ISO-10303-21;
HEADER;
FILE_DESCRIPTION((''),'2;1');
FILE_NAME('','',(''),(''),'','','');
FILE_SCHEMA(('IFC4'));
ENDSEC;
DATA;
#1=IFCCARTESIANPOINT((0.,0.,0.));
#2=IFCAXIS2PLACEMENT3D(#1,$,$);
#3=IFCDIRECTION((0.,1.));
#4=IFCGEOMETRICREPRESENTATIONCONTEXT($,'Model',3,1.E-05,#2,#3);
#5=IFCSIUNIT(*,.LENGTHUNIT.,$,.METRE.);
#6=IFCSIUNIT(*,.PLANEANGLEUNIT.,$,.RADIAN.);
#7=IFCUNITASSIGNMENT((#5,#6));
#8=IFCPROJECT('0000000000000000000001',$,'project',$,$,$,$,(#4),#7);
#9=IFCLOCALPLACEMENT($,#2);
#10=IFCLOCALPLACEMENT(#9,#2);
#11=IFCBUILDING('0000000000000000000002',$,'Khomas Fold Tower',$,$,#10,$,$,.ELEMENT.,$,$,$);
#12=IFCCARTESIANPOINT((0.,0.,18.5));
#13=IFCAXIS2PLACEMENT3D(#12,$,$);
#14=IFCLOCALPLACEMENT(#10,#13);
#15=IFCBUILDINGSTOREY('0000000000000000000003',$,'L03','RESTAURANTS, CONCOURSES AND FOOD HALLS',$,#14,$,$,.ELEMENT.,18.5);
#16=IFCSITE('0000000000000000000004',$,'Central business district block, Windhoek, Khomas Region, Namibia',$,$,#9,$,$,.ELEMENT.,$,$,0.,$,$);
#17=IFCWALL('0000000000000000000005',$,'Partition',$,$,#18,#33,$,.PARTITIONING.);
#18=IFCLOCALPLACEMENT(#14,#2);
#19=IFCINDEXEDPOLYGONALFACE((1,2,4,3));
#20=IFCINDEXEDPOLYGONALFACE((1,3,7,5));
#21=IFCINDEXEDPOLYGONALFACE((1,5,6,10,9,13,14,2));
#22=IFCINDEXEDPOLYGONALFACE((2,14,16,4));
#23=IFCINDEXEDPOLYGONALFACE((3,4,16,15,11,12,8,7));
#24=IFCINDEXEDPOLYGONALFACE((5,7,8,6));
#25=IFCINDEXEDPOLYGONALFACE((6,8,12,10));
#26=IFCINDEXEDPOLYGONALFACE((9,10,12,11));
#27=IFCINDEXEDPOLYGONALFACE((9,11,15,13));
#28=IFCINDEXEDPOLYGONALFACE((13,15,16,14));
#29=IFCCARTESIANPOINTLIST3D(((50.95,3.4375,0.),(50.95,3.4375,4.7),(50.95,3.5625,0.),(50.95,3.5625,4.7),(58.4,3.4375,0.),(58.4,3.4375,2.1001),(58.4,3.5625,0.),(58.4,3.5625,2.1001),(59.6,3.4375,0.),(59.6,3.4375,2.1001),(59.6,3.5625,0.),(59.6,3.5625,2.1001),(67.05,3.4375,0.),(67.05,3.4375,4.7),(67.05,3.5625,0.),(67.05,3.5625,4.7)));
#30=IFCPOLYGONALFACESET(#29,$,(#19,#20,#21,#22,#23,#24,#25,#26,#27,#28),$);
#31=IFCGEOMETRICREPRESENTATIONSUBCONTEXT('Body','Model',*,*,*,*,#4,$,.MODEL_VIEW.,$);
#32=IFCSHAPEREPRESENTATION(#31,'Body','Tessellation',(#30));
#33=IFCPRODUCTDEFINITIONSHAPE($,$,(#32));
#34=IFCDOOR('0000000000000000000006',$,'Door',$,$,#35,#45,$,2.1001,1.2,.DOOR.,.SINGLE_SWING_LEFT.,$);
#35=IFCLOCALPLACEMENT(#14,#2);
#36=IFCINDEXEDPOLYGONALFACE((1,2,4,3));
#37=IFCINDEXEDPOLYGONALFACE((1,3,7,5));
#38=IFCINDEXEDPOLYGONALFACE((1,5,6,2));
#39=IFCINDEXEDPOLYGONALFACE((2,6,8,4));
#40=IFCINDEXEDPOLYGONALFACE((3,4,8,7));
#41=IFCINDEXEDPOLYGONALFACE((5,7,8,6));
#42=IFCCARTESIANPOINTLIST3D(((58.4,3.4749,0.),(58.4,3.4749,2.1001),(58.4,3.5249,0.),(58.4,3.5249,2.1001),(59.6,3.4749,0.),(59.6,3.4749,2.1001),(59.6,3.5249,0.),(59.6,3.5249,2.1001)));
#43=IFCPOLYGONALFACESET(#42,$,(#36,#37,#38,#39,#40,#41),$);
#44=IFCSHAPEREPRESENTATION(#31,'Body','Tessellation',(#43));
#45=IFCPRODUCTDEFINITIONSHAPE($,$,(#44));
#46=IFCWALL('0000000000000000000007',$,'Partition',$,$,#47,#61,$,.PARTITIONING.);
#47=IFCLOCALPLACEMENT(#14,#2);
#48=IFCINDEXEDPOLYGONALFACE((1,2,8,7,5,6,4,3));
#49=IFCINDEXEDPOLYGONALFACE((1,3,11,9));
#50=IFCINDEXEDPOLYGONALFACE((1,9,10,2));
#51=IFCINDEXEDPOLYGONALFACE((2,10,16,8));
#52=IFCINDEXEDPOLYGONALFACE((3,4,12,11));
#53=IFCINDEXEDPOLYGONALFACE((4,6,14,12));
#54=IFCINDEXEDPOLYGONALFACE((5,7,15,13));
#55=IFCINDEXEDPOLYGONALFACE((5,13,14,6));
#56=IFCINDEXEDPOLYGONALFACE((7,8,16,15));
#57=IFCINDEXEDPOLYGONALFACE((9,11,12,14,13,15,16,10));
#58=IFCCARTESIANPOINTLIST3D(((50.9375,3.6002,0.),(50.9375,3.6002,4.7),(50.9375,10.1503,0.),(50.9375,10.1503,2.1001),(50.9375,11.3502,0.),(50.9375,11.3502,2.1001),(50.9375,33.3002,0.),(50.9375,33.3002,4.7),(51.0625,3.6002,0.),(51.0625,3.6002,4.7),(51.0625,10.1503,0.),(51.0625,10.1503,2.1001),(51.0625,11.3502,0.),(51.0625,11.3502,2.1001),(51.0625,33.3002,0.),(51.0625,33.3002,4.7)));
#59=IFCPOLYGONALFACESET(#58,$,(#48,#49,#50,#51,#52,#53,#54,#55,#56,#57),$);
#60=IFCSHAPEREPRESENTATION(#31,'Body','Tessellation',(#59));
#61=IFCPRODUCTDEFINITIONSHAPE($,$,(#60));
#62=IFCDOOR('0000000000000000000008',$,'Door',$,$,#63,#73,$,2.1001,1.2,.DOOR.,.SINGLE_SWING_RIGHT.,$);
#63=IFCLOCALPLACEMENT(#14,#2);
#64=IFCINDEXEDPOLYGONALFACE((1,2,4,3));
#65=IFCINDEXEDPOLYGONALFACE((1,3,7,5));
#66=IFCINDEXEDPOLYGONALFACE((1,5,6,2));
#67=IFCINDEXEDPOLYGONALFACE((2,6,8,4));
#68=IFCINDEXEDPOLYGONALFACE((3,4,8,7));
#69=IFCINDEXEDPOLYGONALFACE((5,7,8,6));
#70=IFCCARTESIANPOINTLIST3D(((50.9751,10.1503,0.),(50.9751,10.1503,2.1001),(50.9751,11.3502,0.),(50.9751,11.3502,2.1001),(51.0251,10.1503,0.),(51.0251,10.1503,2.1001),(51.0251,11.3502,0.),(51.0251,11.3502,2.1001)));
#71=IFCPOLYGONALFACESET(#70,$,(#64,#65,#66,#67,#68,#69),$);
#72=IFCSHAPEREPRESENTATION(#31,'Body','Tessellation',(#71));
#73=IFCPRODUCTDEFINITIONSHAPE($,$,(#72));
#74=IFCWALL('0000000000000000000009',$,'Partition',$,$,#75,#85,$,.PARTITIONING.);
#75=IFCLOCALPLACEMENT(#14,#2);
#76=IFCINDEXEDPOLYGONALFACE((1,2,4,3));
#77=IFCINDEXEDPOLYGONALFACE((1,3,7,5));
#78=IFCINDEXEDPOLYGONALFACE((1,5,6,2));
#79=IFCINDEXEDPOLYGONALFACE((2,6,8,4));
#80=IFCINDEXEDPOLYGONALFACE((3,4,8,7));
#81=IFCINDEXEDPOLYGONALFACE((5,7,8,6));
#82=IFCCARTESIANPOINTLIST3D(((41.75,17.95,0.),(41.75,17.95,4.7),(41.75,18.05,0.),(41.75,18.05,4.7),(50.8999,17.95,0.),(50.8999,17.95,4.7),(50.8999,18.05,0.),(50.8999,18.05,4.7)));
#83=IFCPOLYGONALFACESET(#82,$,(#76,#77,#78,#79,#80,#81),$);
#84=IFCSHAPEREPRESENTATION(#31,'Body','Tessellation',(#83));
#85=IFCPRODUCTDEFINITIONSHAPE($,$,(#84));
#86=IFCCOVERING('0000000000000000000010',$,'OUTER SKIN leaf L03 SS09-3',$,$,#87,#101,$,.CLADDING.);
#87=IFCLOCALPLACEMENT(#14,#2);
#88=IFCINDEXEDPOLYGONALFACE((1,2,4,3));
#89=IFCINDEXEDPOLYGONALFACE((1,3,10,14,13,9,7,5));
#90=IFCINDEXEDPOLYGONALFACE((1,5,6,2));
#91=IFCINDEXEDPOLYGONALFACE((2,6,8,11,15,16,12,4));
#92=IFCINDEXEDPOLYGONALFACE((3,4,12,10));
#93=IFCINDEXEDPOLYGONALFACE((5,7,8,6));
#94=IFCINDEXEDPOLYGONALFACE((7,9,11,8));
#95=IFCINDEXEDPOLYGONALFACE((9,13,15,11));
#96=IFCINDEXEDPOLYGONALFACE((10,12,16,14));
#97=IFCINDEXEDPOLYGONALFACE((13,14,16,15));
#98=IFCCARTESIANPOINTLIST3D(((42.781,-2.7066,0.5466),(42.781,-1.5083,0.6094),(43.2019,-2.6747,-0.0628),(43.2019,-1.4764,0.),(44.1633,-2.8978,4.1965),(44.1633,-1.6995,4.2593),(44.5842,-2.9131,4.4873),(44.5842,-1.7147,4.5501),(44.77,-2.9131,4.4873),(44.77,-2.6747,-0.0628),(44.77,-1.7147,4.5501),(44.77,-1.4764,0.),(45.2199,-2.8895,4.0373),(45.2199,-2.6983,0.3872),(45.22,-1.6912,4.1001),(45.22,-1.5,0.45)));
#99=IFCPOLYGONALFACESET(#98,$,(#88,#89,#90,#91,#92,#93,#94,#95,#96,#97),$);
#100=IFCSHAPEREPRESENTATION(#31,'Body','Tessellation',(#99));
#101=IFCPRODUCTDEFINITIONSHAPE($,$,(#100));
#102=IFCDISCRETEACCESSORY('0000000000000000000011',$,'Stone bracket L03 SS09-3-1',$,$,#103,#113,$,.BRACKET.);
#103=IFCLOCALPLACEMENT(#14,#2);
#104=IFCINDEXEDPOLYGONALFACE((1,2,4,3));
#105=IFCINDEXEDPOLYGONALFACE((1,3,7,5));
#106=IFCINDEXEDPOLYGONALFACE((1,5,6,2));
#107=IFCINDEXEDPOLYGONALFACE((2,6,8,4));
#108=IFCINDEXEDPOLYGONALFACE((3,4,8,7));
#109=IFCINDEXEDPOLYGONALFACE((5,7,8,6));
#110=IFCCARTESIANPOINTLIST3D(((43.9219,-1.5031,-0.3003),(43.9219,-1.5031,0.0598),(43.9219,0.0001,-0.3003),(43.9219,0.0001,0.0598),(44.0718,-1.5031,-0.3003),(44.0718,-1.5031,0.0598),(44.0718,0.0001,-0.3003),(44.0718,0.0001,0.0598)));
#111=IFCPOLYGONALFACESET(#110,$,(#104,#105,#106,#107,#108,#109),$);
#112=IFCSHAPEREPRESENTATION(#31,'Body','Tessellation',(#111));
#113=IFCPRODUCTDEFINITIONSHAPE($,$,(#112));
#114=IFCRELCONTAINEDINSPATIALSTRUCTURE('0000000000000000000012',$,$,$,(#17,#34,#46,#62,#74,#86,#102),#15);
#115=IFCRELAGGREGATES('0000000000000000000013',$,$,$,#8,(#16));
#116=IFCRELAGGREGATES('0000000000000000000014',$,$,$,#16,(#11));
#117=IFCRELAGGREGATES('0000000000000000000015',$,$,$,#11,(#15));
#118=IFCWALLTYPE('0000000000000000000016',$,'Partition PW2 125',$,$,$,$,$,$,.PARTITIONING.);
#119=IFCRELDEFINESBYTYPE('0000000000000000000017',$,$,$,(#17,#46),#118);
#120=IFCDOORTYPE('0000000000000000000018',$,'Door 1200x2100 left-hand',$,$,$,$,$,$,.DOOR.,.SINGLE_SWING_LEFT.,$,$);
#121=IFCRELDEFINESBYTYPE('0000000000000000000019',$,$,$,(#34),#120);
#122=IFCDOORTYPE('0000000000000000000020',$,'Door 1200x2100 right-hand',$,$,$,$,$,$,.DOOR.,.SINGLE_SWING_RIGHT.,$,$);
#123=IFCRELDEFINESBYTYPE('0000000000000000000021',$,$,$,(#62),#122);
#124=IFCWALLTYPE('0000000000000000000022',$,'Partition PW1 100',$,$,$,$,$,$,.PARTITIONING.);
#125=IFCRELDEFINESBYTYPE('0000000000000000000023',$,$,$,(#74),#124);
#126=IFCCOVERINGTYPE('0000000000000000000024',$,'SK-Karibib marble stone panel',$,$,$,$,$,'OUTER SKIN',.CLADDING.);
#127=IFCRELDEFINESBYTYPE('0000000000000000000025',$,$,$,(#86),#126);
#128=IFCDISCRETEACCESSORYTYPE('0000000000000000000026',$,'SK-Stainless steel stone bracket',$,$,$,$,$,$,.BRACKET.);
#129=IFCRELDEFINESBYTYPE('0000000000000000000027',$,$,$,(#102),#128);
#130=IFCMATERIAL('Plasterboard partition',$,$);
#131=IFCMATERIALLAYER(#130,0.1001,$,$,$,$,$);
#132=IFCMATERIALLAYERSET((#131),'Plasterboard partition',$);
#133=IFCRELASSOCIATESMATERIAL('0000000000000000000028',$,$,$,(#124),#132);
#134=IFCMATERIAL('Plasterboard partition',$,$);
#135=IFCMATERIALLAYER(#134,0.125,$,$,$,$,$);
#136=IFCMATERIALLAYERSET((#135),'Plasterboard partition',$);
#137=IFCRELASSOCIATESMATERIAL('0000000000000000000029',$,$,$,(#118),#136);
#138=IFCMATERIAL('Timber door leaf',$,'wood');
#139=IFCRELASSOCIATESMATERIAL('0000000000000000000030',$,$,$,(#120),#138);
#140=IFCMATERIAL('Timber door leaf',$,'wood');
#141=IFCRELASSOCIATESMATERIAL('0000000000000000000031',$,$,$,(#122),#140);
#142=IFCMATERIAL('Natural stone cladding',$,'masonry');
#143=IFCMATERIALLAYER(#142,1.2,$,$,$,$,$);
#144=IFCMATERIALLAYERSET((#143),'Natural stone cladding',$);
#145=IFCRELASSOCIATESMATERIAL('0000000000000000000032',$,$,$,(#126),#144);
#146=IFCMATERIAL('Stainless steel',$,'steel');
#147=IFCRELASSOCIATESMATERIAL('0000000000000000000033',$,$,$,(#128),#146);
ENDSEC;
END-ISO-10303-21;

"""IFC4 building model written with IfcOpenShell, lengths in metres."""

from ifc_helpers import new_model, si_unit, direction, frame, frame_2d, origin, origin_2d, place, context, subcontext, project, spatial, polyline, rectangle, outline, extrude, source, transform, mapped, material, layer, layer_set, type_object, element, fill, save


model = new_model("IFC4")

# Units and contexts
model_context = context("Model", 3, precision=1e-05, world=origin(), true_north=direction((0.0, 1.0)))
body_context = subcontext(model_context, "Body", "Model", "MODEL_VIEW")
ifc_project = project(units=[si_unit("LENGTHUNIT", "METRE"), si_unit("PLANEANGLEUNIT", "RADIAN")], contexts=[model_context])

# Site, building, storey
site_placement = place(None, origin())
site = spatial("IfcSite", under=ifc_project, at=site_placement, Name="Central business district block, Windhoek, Khomas Region, Namibia", CompositionType="ELEMENT", RefElevation=0.0)
building_placement = place(site_placement, origin())
building = spatial("IfcBuilding", under=site, at=building_placement, Name="Khomas Fold Tower", CompositionType="ELEMENT")
storey_placement = place(building_placement, frame((0.0, 0.0, 18.5)))
storey = spatial("IfcBuildingStorey", under=building, at=storey_placement, Name="L03", Description="RESTAURANTS, CONCOURSES AND FOOD HALLS", CompositionType="ELEMENT", Elevation=18.5)

# Shared definitions
ifc_material_1 = material(Name="Plasterboard partition")
ifc_layer_1 = layer(ifc_material_1, 0.1001)
ifc_layer_set_1 = layer_set([ifc_layer_1], Name="Plasterboard partition")
wall_type_1 = type_object("IfcWallType", Name="Partition PW1 100", PredefinedType="PARTITIONING", material=ifc_layer_set_1)

# Walls, openings, doors
ifc_material_2 = material(Name="Plasterboard partition")
ifc_layer_2 = layer(ifc_material_2, 0.125)
ifc_layer_set_2 = layer_set([ifc_layer_2], Name="Plasterboard partition")
wall_type_2 = type_object("IfcWallType", Name="Partition PW2 125", PredefinedType="PARTITIONING", material=ifc_layer_set_2)
shared_shape_1 = source(origin(), body_context, "Body", "SweptSolid", [
    extrude(rectangle(XDim=16.1001, YDim=0.125, at=frame_2d((8.05, 0.0))), origin(), (0.0, 0.0, 1.0), 4.7),
])
wall_1_placement = place(storey_placement, frame((50.95, 3.5, 0.0), z_axis=(0.0, 0.0, 1.0), x_axis=(1.0, 0.0, 0.0)))
wall_1 = element("IfcWall", 1, at=wall_1_placement, inside=storey, type_object=wall_type_2, Name="Partition", PredefinedType="PARTITIONING", context=body_context, shape_type="MappedRepresentation", body=[
    mapped(shared_shape_1, transform((0.0, 0.0, 0.0))),
])
shared_shape_2 = source(origin(), body_context, "Body", "SweptSolid", [
    extrude(rectangle(XDim=1.2, YDim=2.1001, at=frame_2d((0.6001, 1.05))), frame((0.0, 0.0725, 0.0), z_axis=(0.0, -1.0, 0.0), x_axis=(1.0, 0.0, 0.0)), (0.0, 0.0, 1.0), 0.145),
])
opening_1_placement = place(wall_1_placement, frame((7.45, 0.0, 0.0)))
opening_1 = element("IfcOpeningElement", 2, at=opening_1_placement, cuts=wall_1, PredefinedType="OPENING", context=body_context, shape_type="MappedRepresentation", body=[
    mapped(shared_shape_2, transform((0.0, 0.0, 0.0))),
])
ifc_material_3 = material(Name="Timber door leaf", Category="wood")
door_type_1 = type_object("IfcDoorType", Name="Door 1200x2100 left-hand", OperationType="SINGLE_SWING_LEFT", PredefinedType="DOOR", material=ifc_material_3)
shared_shape_3 = source(origin(), body_context, "Body", "SweptSolid", [
    extrude(rectangle(XDim=1.2, YDim=2.1001, at=frame_2d((0.6001, 1.05))), frame((0.0, 0.0249, 0.0), z_axis=(0.0, -1.0, 0.0), x_axis=(1.0, 0.0, 0.0)), (0.0, 0.0, 1.0), 0.05),
])
door_1_placement = place(opening_1_placement, origin())
door_1 = element("IfcDoor", 3, at=door_1_placement, inside=storey, type_object=door_type_1, Name="Door", OperationType="SINGLE_SWING_LEFT", OverallHeight=2.1001, OverallWidth=1.2, PredefinedType="DOOR", context=body_context, shape_type="MappedRepresentation", body=[
    mapped(shared_shape_3, transform((0.0, 0.0, 0.0))),
])
fill(opening_1, door_1)
shared_shape_4 = source(origin(), body_context, "Body", "SweptSolid", [
    extrude(rectangle(XDim=29.7, YDim=0.125, at=frame_2d((14.8501, 0.0))), origin(), (0.0, 0.0, 1.0), 4.7),
])
wall_2_placement = place(storey_placement, frame((51.0, 3.6001, 0.0), z_axis=(0.0, 0.0, 1.0), x_axis=(0.0, 1.0, 0.0)))
wall_2 = element("IfcWall", 4, at=wall_2_placement, inside=storey, type_object=wall_type_2, Name="Partition", PredefinedType="PARTITIONING", context=body_context, shape_type="MappedRepresentation", body=[
    mapped(shared_shape_4, transform((0.0, 0.0, 0.0))),
])
opening_2_placement = place(wall_2_placement, frame((6.55, 0.0, 0.0)))
opening_2 = element("IfcOpeningElement", 5, at=opening_2_placement, cuts=wall_2, PredefinedType="OPENING", context=body_context, shape_type="MappedRepresentation", body=[
    mapped(shared_shape_2, transform((0.0, 0.0, 0.0))),
])
ifc_material_4 = material(Name="Timber door leaf", Category="wood")
door_type_2 = type_object("IfcDoorType", Name="Door 1200x2100 right-hand", OperationType="SINGLE_SWING_RIGHT", PredefinedType="DOOR", material=ifc_material_4)
door_2_placement = place(opening_2_placement, origin())
door_2 = element("IfcDoor", 6, at=door_2_placement, inside=storey, type_object=door_type_2, Name="Door", OperationType="SINGLE_SWING_RIGHT", OverallHeight=2.1001, OverallWidth=1.2, PredefinedType="DOOR", context=body_context, shape_type="MappedRepresentation", body=[
    mapped(shared_shape_3, transform((0.0, 0.0, 0.0))),
])
fill(opening_2, door_2)

# Wall
shared_shape_5 = source(origin(), body_context, "Body", "SweptSolid", [
    extrude(rectangle(XDim=9.1499, YDim=0.1001, at=frame_2d((4.575, 0.0))), origin(), (0.0, 0.0, 1.0), 4.7),
])
wall_3_placement = place(storey_placement, frame((41.75, 18.0, 0.0), z_axis=(0.0, 0.0, 1.0), x_axis=(1.0, 0.0, 0.0)))
element("IfcWall", 7, at=wall_3_placement, inside=storey, type_object=wall_type_1, Name="Partition", PredefinedType="PARTITIONING", context=body_context, shape_type="MappedRepresentation", body=[
    mapped(shared_shape_5, transform((0.0, 0.0, 0.0))),
])

# Covering
ifc_material_5 = material(Name="Natural stone cladding", Category="masonry")
ifc_layer_3 = layer(ifc_material_5, 1.2)
ifc_layer_set_3 = layer_set([ifc_layer_3], Name="Natural stone cladding")
covering_type = type_object("IfcCoveringType", Name="SK-Karibib marble stone panel", ElementType="OUTER SKIN", PredefinedType="CLADDING", material=ifc_layer_set_3)
covering_placement = place(storey_placement, frame((42.781, -1.5083, 0.6094), z_axis=(0.000025, 0.998631, 0.052304), x_axis=(0.353754, -0.048931, 0.934058)))
element("IfcCovering", 8, at=covering_placement, inside=storey, type_object=covering_type, Name="OUTER SKIN leaf L03 SS09-3", PredefinedType="CLADDING", context=body_context, shape_type="SweptSolid", body=[
    extrude(outline(polyline([(0.0, 0.0), (3.9076, 0.0), (4.3288, 0.2907), (4.3945, 0.4645), (4.1323, 1.0447), (0.7135, 2.3377), (0.1329, 2.0763), (-0.4219, 0.6095), (0.0, 0.0)])), origin(), (0.0, 0.0, -1.0), 1.2),
])

# Discrete accessory
ifc_material_6 = material(Name="Stainless steel", Category="steel")
discrete_accessory_type = type_object("IfcDiscreteAccessoryType", Name="SK-Stainless steel stone bracket", PredefinedType="BRACKET", material=ifc_material_6)
shared_shape_6 = source(origin(), body_context, "Body", "SweptSolid", [
    extrude(rectangle(XDim=1.5032, YDim=0.1499, at=origin_2d()), origin(), (0.0, 0.0, 1.0), 0.3601),
])
discrete_accessory_placement = place(storey_placement, frame((43.9968, -0.7515, -0.3003), z_axis=(0.0, 0.0, 1.0), x_axis=(0.0, -1.0, 0.0)))
element("IfcDiscreteAccessory", 9, at=discrete_accessory_placement, inside=storey, type_object=discrete_accessory_type, Name="Stone bracket L03 SS09-3-1", PredefinedType="BRACKET", context=body_context, shape_type="MappedRepresentation", body=[
    mapped(shared_shape_6, transform((0.0, 0.0, 0.0))),
])

save(model, "model.ifc")
